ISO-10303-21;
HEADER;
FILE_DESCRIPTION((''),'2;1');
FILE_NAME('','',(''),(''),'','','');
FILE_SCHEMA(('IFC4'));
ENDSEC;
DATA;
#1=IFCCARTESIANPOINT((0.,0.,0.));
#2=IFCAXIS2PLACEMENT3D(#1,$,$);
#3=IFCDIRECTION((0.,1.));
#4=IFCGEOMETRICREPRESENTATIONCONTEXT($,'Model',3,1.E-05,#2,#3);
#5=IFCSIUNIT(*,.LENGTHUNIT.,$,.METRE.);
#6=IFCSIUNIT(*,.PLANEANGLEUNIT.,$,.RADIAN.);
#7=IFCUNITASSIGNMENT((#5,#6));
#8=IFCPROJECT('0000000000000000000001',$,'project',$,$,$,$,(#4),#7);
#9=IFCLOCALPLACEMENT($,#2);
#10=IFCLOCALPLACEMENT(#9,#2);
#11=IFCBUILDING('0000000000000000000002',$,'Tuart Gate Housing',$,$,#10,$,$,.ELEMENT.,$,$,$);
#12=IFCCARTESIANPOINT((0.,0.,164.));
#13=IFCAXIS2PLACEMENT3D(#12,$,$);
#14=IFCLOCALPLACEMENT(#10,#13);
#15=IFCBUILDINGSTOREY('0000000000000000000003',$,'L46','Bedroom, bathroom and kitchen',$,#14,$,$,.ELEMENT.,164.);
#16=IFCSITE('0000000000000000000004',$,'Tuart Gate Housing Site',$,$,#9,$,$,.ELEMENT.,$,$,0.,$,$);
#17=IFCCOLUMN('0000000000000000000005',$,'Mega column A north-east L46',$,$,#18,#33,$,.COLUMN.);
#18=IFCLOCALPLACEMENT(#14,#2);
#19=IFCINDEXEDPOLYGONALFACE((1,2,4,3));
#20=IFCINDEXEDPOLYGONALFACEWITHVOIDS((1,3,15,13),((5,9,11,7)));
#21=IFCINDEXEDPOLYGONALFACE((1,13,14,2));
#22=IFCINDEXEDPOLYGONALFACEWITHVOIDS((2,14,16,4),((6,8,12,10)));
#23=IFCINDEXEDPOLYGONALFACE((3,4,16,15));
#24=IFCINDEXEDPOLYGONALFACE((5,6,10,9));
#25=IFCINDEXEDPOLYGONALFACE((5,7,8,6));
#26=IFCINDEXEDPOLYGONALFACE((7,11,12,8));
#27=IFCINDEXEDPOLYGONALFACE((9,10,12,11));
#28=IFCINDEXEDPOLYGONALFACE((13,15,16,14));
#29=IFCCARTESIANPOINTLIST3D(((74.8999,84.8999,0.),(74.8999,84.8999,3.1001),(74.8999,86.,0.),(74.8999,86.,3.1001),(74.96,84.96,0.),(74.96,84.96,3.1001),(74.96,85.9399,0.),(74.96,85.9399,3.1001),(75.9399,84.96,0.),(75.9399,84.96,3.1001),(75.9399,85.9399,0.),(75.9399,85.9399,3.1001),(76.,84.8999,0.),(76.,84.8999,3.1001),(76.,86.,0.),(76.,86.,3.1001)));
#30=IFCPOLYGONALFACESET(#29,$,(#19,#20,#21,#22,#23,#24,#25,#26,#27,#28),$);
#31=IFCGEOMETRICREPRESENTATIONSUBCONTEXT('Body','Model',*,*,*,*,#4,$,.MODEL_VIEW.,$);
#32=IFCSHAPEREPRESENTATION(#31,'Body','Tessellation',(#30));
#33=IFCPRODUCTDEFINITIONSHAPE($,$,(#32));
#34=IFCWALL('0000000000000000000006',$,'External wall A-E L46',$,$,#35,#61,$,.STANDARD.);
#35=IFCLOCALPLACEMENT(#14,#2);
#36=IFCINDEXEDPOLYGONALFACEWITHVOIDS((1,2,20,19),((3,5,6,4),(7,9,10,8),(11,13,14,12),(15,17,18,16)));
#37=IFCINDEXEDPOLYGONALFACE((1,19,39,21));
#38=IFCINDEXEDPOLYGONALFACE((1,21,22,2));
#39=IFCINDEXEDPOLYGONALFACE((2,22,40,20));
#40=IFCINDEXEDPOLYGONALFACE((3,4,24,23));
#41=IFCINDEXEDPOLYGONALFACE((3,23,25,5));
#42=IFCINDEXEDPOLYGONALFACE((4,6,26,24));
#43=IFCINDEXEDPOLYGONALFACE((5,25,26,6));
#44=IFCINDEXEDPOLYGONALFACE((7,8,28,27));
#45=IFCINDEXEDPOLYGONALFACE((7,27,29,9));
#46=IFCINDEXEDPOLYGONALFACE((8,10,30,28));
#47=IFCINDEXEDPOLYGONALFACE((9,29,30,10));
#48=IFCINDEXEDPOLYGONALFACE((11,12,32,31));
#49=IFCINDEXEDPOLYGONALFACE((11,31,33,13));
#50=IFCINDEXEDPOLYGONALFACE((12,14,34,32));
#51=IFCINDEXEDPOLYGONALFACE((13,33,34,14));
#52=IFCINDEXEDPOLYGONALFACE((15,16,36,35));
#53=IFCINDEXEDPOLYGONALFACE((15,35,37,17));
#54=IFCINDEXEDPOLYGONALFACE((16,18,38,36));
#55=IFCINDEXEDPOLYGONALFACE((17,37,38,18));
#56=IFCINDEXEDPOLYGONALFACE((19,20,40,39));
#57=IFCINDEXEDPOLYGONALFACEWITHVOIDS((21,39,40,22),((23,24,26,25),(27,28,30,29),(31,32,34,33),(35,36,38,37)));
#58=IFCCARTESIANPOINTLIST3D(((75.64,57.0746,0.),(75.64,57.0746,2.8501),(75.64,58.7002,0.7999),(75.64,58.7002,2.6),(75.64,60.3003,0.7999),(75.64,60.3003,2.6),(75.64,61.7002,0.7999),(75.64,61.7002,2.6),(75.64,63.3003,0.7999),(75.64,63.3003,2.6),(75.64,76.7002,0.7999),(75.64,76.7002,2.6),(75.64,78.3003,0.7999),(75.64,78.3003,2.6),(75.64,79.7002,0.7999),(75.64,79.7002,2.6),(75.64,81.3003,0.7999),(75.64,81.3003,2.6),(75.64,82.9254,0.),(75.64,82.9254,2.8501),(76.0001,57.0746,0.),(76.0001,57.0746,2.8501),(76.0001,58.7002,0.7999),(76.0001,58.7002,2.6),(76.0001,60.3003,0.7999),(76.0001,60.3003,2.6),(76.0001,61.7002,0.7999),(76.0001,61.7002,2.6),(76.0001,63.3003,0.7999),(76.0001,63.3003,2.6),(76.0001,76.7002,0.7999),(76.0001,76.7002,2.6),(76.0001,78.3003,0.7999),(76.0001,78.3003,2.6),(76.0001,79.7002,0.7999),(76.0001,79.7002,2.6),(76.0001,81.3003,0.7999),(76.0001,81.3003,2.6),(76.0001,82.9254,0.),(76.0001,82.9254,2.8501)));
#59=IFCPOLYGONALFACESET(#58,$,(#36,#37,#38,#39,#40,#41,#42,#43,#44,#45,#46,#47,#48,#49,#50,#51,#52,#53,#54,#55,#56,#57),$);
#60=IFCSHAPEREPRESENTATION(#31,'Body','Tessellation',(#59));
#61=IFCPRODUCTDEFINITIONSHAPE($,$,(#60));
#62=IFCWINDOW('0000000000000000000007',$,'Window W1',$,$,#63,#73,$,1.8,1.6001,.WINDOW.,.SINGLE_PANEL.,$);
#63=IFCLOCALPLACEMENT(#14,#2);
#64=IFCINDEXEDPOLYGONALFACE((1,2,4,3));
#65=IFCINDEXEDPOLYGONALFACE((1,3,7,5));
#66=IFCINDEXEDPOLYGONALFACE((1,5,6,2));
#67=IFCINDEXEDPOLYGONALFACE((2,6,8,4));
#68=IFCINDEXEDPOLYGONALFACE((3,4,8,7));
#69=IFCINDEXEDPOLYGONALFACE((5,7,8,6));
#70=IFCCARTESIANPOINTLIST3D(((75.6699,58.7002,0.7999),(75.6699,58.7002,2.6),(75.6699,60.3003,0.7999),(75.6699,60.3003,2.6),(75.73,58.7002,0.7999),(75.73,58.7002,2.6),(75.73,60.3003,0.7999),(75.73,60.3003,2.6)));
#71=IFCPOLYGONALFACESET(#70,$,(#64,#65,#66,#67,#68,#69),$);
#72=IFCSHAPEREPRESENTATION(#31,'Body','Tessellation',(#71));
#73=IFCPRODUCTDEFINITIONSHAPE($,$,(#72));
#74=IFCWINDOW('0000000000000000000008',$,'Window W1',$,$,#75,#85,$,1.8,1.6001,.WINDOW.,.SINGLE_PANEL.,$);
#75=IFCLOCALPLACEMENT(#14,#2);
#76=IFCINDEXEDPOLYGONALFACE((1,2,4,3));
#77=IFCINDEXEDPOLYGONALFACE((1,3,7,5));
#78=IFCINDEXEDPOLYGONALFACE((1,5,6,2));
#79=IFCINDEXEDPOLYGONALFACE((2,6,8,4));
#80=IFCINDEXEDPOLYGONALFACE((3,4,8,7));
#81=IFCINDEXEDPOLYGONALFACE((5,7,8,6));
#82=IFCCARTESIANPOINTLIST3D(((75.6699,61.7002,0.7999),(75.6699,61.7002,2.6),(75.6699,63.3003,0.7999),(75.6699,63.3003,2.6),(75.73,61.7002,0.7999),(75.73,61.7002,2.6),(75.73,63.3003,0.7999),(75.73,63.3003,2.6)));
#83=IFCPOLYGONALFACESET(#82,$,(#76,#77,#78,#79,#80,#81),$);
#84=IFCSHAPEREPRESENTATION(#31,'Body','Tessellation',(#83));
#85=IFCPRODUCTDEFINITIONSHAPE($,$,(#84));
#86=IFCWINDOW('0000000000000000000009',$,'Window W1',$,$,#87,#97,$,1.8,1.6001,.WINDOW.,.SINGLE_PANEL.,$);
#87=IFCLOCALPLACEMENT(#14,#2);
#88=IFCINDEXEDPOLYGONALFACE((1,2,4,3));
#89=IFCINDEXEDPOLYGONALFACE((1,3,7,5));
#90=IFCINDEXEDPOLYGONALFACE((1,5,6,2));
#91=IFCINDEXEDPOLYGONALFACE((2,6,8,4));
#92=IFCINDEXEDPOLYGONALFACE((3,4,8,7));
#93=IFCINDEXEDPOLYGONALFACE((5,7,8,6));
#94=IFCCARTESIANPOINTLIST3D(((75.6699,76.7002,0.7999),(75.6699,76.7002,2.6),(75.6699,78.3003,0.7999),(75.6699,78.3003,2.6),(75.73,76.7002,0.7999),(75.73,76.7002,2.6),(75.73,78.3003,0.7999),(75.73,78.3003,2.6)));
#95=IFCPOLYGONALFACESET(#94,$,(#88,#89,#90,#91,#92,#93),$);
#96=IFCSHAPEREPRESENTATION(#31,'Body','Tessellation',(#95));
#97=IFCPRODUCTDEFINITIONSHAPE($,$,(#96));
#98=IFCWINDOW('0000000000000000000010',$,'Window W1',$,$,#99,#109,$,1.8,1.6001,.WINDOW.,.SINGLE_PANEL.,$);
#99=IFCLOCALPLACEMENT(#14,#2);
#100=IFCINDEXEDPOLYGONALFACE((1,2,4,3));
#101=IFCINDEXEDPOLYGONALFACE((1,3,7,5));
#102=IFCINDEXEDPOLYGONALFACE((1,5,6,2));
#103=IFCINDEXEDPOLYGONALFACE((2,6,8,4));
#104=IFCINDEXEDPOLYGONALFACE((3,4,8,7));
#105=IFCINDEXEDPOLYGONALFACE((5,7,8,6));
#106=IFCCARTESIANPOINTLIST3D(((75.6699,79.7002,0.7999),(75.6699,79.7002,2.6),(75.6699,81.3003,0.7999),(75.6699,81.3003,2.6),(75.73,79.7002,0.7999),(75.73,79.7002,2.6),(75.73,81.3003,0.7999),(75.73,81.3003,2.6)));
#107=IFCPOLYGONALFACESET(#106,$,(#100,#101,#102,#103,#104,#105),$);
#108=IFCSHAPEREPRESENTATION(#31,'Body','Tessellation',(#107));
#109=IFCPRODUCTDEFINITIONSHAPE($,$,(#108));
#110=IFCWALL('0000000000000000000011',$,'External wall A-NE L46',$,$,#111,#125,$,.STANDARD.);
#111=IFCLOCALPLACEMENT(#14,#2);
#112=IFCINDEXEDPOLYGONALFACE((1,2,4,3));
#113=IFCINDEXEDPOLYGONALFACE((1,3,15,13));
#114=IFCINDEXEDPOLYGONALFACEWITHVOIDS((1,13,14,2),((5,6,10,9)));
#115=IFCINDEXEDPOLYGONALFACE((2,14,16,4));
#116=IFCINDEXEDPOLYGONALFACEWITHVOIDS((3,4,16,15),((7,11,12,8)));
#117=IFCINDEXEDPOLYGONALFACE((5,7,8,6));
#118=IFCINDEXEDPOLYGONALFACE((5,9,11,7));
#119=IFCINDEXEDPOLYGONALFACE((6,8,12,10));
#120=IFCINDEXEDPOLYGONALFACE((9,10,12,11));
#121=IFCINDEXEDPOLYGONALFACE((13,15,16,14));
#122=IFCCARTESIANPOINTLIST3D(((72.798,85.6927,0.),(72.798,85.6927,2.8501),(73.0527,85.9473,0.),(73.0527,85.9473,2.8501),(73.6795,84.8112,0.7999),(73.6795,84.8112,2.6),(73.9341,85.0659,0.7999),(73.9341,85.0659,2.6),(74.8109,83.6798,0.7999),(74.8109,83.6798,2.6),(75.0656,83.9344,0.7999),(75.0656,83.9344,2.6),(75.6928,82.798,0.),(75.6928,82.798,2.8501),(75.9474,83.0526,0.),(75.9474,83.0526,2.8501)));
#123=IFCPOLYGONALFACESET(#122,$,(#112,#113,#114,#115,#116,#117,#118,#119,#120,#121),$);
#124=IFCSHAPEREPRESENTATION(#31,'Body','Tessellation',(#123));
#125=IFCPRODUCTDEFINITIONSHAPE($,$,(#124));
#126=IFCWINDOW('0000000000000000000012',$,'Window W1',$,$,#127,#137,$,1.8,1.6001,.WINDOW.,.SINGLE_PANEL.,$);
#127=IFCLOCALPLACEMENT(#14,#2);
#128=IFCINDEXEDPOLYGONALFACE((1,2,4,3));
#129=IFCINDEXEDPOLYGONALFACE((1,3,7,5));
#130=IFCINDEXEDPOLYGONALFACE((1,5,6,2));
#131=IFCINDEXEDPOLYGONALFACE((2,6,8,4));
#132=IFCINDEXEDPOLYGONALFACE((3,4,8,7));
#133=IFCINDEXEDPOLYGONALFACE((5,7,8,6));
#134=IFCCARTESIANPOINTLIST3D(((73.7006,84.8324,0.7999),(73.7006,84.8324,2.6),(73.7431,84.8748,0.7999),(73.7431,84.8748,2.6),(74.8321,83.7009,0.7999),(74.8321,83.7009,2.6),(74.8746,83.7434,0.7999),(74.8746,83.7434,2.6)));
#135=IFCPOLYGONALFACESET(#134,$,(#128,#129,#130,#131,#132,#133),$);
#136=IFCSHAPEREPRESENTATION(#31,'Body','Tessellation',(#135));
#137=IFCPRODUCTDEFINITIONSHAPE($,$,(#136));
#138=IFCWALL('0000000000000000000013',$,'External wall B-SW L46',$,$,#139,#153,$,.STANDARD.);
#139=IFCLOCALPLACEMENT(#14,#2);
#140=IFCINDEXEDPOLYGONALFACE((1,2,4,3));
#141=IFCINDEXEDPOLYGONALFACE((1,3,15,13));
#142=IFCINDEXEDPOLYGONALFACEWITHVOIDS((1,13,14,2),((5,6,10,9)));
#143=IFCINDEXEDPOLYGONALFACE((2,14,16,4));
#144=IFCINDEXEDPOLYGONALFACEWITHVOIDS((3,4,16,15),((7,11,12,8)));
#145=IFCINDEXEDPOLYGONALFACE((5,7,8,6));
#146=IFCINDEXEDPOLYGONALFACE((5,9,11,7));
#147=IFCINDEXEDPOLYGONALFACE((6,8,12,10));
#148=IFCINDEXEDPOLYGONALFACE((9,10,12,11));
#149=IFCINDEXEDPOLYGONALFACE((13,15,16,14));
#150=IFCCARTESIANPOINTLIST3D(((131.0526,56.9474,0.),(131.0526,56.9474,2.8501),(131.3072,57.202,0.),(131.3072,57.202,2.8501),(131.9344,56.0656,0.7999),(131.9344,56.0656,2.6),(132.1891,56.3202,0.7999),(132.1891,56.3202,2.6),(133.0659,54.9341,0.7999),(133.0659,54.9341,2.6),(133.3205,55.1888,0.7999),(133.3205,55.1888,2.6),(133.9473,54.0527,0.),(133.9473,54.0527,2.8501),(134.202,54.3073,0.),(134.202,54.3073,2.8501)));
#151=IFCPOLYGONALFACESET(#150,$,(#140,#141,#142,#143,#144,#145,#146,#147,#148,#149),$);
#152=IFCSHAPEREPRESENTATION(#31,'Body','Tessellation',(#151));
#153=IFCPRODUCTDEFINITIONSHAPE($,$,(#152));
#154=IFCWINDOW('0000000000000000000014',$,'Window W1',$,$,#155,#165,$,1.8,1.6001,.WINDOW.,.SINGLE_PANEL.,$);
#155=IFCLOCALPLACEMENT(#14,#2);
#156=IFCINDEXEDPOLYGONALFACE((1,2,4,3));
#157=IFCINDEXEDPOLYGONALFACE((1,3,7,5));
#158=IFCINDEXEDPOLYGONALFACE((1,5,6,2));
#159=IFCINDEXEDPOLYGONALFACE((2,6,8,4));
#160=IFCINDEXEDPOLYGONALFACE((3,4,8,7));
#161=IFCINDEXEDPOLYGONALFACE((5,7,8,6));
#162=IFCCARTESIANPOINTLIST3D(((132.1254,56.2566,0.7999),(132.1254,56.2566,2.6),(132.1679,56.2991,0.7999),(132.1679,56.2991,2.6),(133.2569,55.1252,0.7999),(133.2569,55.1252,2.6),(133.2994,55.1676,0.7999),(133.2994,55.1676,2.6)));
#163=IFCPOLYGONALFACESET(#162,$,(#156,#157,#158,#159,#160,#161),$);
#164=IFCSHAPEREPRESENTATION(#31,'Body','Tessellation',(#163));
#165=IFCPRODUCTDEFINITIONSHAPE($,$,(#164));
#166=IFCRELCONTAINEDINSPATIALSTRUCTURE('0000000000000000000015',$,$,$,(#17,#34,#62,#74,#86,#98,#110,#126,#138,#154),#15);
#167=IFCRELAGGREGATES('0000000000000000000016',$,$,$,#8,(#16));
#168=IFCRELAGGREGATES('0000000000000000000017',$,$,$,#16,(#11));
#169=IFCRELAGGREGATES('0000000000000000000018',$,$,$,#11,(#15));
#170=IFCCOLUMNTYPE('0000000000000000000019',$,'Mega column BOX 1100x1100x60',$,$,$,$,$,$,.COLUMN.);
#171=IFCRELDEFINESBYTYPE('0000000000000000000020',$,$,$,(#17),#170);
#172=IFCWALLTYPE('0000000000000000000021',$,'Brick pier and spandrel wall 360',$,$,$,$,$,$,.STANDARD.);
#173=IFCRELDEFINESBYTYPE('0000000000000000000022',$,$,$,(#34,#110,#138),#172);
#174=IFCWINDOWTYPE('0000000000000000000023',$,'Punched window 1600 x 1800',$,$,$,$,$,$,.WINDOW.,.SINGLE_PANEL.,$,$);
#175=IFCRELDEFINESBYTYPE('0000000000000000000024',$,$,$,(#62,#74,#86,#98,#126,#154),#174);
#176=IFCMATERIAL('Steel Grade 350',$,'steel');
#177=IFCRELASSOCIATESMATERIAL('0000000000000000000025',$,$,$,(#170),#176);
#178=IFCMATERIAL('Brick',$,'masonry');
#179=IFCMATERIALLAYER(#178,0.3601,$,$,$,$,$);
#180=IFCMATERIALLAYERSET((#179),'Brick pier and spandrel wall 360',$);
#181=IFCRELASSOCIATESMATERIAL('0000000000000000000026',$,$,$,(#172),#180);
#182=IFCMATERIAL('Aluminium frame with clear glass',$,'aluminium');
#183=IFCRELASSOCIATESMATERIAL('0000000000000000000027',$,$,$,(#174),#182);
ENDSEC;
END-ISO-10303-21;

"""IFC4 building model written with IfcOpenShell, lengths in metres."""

from ifc_helpers import new_model, si_unit, direction, frame, frame_2d, origin, origin_2d, place, context, subcontext, project, spatial, rectangle, hollow_rectangle, extrude, material, layer, layer_set, material_profile, profile_set, type_object, element, fill, save


model = new_model("IFC4")

# Units and contexts
model_context = context("Model", 3, precision=1e-05, world=origin(), true_north=direction((0.0, 1.0)))
body_context = subcontext(model_context, "Body", "Model", "MODEL_VIEW")
ifc_project = project(units=[si_unit("LENGTHUNIT", "METRE"), si_unit("PLANEANGLEUNIT", "RADIAN")], contexts=[model_context])

# Site, building, storey
site_placement = place(None, origin())
site = spatial("IfcSite", under=ifc_project, at=site_placement, Name="Tuart Gate Housing Site", CompositionType="ELEMENT", RefElevation=0.0)
building_placement = place(site_placement, origin())
building = spatial("IfcBuilding", under=site, at=building_placement, Name="Tuart Gate Housing", CompositionType="ELEMENT")
storey_placement = place(building_placement, frame((0.0, 0.0, 164.0)))
storey = spatial("IfcBuildingStorey", under=building, at=storey_placement, Name="L46", Description="Bedroom, bathroom and kitchen", CompositionType="ELEMENT", Elevation=164.0)

# Column
ifc_material_1 = material(Name="Steel Grade 350", Category="steel")
ifc_material_profile = material_profile(ifc_material_1, hollow_rectangle(XDim=1.1001, YDim=1.1001, WallThickness=0.0601, at=origin_2d()), Name="BOX 1100x1100x60")
ifc_profile_set = profile_set([ifc_material_profile], Name="Steel Grade 350")
column_type = type_object("IfcColumnType", Name="Mega column BOX 1100x1100x60", PredefinedType="COLUMN", material=ifc_profile_set)
column_placement = place(storey_placement, frame((75.45, 85.45, 0.0), z_axis=(0.0, 0.0, 1.0), x_axis=(1.0, 0.0, 0.0)))
element("IfcColumn", 1, at=column_placement, inside=storey, type_object=column_type, Name="Mega column A north-east L46", PredefinedType="COLUMN", context=body_context, shape_type="SweptSolid", body=[
    extrude(hollow_rectangle(XDim=1.1001, YDim=1.1001, WallThickness=0.0601, at=origin_2d()), origin(), (0.0, 0.0, 1.0), 3.1001),
])

# Wall, openings, windows
ifc_material_2 = material(Name="Brick", Category="masonry")
ifc_layer_1 = layer(ifc_material_2, 0.3601)
ifc_layer_set_1 = layer_set([ifc_layer_1], Name="Brick pier and spandrel wall 360")
wall_type_1 = type_object("IfcWallType", Name="Brick pier and spandrel wall 360", PredefinedType="STANDARD", material=ifc_layer_set_1)
wall_1_placement = place(storey_placement, frame((75.8201, 57.0747, 0.0), z_axis=(0.0, 0.0, 1.0), x_axis=(0.0, 1.0, 0.0)))
wall_1 = element("IfcWall", 2, at=wall_1_placement, inside=storey, type_object=wall_type_1, Name="External wall A-E L46", PredefinedType="STANDARD", context=body_context, shape_type="SweptSolid", body=[
    extrude(rectangle(XDim=25.8508, YDim=0.3601, at=frame_2d((12.9253, 0.0))), origin(), (0.0, 0.0, 1.0), 2.8501),
])
opening_1_placement = place(wall_1_placement, frame((1.6255, 0.0, 0.8)))
opening_1 = element("IfcOpeningElement", 3, at=opening_1_placement, cuts=wall_1, PredefinedType="OPENING", context=body_context, shape_type="SweptSolid", body=[
    extrude(rectangle(XDim=1.6001, YDim=1.8, at=frame_2d((0.8, 0.8999))), frame((0.0, 0.1899, 0.0), z_axis=(0.0, -1.0, 0.0), x_axis=(1.0, 0.0, 0.0)), (0.0, 0.0, 1.0), 0.3801),
])
opening_2_placement = place(wall_1_placement, frame((4.6255, 0.0, 0.8)))
opening_2 = element("IfcOpeningElement", 4, at=opening_2_placement, cuts=wall_1, PredefinedType="OPENING", context=body_context, shape_type="SweptSolid", body=[
    extrude(rectangle(XDim=1.6001, YDim=1.8, at=frame_2d((0.8, 0.8999))), frame((0.0, 0.1899, 0.0), z_axis=(0.0, -1.0, 0.0), x_axis=(1.0, 0.0, 0.0)), (0.0, 0.0, 1.0), 0.3801),
])
opening_3_placement = place(wall_1_placement, frame((19.6255, 0.0, 0.8)))
opening_3 = element("IfcOpeningElement", 5, at=opening_3_placement, cuts=wall_1, PredefinedType="OPENING", context=body_context, shape_type="SweptSolid", body=[
    extrude(rectangle(XDim=1.6001, YDim=1.8, at=frame_2d((0.8, 0.8999))), frame((0.0, 0.1899, 0.0), z_axis=(0.0, -1.0, 0.0), x_axis=(1.0, 0.0, 0.0)), (0.0, 0.0, 1.0), 0.3801),
])
opening_4_placement = place(wall_1_placement, frame((22.6255, 0.0, 0.8)))
opening_4 = element("IfcOpeningElement", 6, at=opening_4_placement, cuts=wall_1, PredefinedType="OPENING", context=body_context, shape_type="SweptSolid", body=[
    extrude(rectangle(XDim=1.6001, YDim=1.8, at=frame_2d((0.8, 0.8999))), frame((0.0, 0.1899, 0.0), z_axis=(0.0, -1.0, 0.0), x_axis=(1.0, 0.0, 0.0)), (0.0, 0.0, 1.0), 0.3801),
])
ifc_material_3 = material(Name="Aluminium frame with clear glass", Category="aluminium")
window_type = type_object("IfcWindowType", Name="Punched window 1600 x 1800", PartitioningType="SINGLE_PANEL", PredefinedType="WINDOW", material=ifc_material_3)
window_1_placement = place(opening_1_placement, origin())
window_1 = element("IfcWindow", 7, at=window_1_placement, inside=storey, type_object=window_type, Name="Window W1", OverallHeight=1.8, OverallWidth=1.6001, PartitioningType="SINGLE_PANEL", PredefinedType="WINDOW", context=body_context, shape_type="SweptSolid", body=[
    extrude(rectangle(XDim=1.6001, YDim=1.8, at=frame_2d((0.8, 0.8999))), frame((0.0, 0.1501, 0.0), z_axis=(0.0, -1.0, 0.0), x_axis=(1.0, 0.0, 0.0)), (0.0, 0.0, 1.0), 0.0601),
])
fill(opening_1, window_1)
window_2_placement = place(opening_2_placement, origin())
window_2 = element("IfcWindow", 8, at=window_2_placement, inside=storey, type_object=window_type, Name="Window W1", OverallHeight=1.8, OverallWidth=1.6001, PartitioningType="SINGLE_PANEL", PredefinedType="WINDOW", context=body_context, shape_type="SweptSolid", body=[
    extrude(rectangle(XDim=1.6001, YDim=1.8, at=frame_2d((0.8, 0.8999))), frame((0.0, 0.1501, 0.0), z_axis=(0.0, -1.0, 0.0), x_axis=(1.0, 0.0, 0.0)), (0.0, 0.0, 1.0), 0.0601),
])
fill(opening_2, window_2)
window_3_placement = place(opening_3_placement, origin())
window_3 = element("IfcWindow", 9, at=window_3_placement, inside=storey, type_object=window_type, Name="Window W1", OverallHeight=1.8, OverallWidth=1.6001, PartitioningType="SINGLE_PANEL", PredefinedType="WINDOW", context=body_context, shape_type="SweptSolid", body=[
    extrude(rectangle(XDim=1.6001, YDim=1.8, at=frame_2d((0.8, 0.8999))), frame((0.0, 0.1501, 0.0), z_axis=(0.0, -1.0, 0.0), x_axis=(1.0, 0.0, 0.0)), (0.0, 0.0, 1.0), 0.0601),
])
fill(opening_3, window_3)
window_4_placement = place(opening_4_placement, origin())
window_4 = element("IfcWindow", 10, at=window_4_placement, inside=storey, type_object=window_type, Name="Window W1", OverallHeight=1.8, OverallWidth=1.6001, PartitioningType="SINGLE_PANEL", PredefinedType="WINDOW", context=body_context, shape_type="SweptSolid", body=[
    extrude(rectangle(XDim=1.6001, YDim=1.8, at=frame_2d((0.8, 0.8999))), frame((0.0, 0.1501, 0.0), z_axis=(0.0, -1.0, 0.0), x_axis=(1.0, 0.0, 0.0)), (0.0, 0.0, 1.0), 0.0601),
])
fill(opening_4, window_4)

# Walls, openings, windows
wall_2_placement = place(storey_placement, frame((75.8201, 82.9253, 0.0), z_axis=(0.0, 0.0, 1.0), x_axis=(-0.707107, 0.707107, 0.0)))
wall_2 = element("IfcWall", 11, at=wall_2_placement, inside=storey, type_object=wall_type_1, Name="External wall A-NE L46", PredefinedType="STANDARD", context=body_context, shape_type="SweptSolid", body=[
    extrude(rectangle(XDim=4.0938, YDim=0.3601, at=frame_2d((2.0469, 0.0))), origin(), (0.0, 0.0, 1.0), 2.8501),
])
opening_5_placement = place(wall_2_placement, frame((1.2471, 0.0, 0.8)))
opening_5 = element("IfcOpeningElement", 12, at=opening_5_placement, cuts=wall_2, PredefinedType="OPENING", context=body_context, shape_type="SweptSolid", body=[
    extrude(rectangle(XDim=1.6001, YDim=1.8, at=frame_2d((0.8, 0.8999))), frame((0.0, 0.1899, 0.0), z_axis=(0.0, -1.0, 0.0), x_axis=(1.0, 0.0, 0.0)), (0.0, 0.0, 1.0), 0.3801),
])
window_5_placement = place(opening_5_placement, origin())
window_5 = element("IfcWindow", 13, at=window_5_placement, inside=storey, type_object=window_type, Name="Window W1", OverallHeight=1.8, OverallWidth=1.6001, PartitioningType="SINGLE_PANEL", PredefinedType="WINDOW", context=body_context, shape_type="SweptSolid", body=[
    extrude(rectangle(XDim=1.6001, YDim=1.8, at=frame_2d((0.8, 0.8999))), frame((0.0, 0.1501, 0.0), z_axis=(0.0, -1.0, 0.0), x_axis=(1.0, 0.0, 0.0)), (0.0, 0.0, 1.0), 0.0601),
])
fill(opening_5, window_5)
wall_3_placement = place(storey_placement, frame((131.1799, 57.0747, 0.0), z_axis=(0.0, 0.0, 1.0), x_axis=(0.707107, -0.707107, 0.0)))
wall_3 = element("IfcWall", 14, at=wall_3_placement, inside=storey, type_object=wall_type_1, Name="External wall B-SW L46", PredefinedType="STANDARD", context=body_context, shape_type="SweptSolid", body=[
    extrude(rectangle(XDim=4.0938, YDim=0.3601, at=frame_2d((2.0469, 0.0))), origin(), (0.0, 0.0, 1.0), 2.8501),
])
opening_6_placement = place(wall_3_placement, frame((1.2471, 0.0, 0.8)))
opening_6 = element("IfcOpeningElement", 15, at=opening_6_placement, cuts=wall_3, PredefinedType="OPENING", context=body_context, shape_type="SweptSolid", body=[
    extrude(rectangle(XDim=1.6001, YDim=1.8, at=frame_2d((0.8, 0.8999))), frame((0.0, 0.1899, 0.0), z_axis=(0.0, -1.0, 0.0), x_axis=(1.0, 0.0, 0.0)), (0.0, 0.0, 1.0), 0.3801),
])
window_6_placement = place(opening_6_placement, origin())
window_6 = element("IfcWindow", 16, at=window_6_placement, inside=storey, type_object=window_type, Name="Window W1", OverallHeight=1.8, OverallWidth=1.6001, PartitioningType="SINGLE_PANEL", PredefinedType="WINDOW", context=body_context, shape_type="SweptSolid", body=[
    extrude(rectangle(XDim=1.6001, YDim=1.8, at=frame_2d((0.8, 0.8999))), frame((0.0, 0.1501, 0.0), z_axis=(0.0, -1.0, 0.0), x_axis=(1.0, 0.0, 0.0)), (0.0, 0.0, 1.0), 0.0601),
])
fill(opening_6, window_6)

save(model, "model.ifc")
